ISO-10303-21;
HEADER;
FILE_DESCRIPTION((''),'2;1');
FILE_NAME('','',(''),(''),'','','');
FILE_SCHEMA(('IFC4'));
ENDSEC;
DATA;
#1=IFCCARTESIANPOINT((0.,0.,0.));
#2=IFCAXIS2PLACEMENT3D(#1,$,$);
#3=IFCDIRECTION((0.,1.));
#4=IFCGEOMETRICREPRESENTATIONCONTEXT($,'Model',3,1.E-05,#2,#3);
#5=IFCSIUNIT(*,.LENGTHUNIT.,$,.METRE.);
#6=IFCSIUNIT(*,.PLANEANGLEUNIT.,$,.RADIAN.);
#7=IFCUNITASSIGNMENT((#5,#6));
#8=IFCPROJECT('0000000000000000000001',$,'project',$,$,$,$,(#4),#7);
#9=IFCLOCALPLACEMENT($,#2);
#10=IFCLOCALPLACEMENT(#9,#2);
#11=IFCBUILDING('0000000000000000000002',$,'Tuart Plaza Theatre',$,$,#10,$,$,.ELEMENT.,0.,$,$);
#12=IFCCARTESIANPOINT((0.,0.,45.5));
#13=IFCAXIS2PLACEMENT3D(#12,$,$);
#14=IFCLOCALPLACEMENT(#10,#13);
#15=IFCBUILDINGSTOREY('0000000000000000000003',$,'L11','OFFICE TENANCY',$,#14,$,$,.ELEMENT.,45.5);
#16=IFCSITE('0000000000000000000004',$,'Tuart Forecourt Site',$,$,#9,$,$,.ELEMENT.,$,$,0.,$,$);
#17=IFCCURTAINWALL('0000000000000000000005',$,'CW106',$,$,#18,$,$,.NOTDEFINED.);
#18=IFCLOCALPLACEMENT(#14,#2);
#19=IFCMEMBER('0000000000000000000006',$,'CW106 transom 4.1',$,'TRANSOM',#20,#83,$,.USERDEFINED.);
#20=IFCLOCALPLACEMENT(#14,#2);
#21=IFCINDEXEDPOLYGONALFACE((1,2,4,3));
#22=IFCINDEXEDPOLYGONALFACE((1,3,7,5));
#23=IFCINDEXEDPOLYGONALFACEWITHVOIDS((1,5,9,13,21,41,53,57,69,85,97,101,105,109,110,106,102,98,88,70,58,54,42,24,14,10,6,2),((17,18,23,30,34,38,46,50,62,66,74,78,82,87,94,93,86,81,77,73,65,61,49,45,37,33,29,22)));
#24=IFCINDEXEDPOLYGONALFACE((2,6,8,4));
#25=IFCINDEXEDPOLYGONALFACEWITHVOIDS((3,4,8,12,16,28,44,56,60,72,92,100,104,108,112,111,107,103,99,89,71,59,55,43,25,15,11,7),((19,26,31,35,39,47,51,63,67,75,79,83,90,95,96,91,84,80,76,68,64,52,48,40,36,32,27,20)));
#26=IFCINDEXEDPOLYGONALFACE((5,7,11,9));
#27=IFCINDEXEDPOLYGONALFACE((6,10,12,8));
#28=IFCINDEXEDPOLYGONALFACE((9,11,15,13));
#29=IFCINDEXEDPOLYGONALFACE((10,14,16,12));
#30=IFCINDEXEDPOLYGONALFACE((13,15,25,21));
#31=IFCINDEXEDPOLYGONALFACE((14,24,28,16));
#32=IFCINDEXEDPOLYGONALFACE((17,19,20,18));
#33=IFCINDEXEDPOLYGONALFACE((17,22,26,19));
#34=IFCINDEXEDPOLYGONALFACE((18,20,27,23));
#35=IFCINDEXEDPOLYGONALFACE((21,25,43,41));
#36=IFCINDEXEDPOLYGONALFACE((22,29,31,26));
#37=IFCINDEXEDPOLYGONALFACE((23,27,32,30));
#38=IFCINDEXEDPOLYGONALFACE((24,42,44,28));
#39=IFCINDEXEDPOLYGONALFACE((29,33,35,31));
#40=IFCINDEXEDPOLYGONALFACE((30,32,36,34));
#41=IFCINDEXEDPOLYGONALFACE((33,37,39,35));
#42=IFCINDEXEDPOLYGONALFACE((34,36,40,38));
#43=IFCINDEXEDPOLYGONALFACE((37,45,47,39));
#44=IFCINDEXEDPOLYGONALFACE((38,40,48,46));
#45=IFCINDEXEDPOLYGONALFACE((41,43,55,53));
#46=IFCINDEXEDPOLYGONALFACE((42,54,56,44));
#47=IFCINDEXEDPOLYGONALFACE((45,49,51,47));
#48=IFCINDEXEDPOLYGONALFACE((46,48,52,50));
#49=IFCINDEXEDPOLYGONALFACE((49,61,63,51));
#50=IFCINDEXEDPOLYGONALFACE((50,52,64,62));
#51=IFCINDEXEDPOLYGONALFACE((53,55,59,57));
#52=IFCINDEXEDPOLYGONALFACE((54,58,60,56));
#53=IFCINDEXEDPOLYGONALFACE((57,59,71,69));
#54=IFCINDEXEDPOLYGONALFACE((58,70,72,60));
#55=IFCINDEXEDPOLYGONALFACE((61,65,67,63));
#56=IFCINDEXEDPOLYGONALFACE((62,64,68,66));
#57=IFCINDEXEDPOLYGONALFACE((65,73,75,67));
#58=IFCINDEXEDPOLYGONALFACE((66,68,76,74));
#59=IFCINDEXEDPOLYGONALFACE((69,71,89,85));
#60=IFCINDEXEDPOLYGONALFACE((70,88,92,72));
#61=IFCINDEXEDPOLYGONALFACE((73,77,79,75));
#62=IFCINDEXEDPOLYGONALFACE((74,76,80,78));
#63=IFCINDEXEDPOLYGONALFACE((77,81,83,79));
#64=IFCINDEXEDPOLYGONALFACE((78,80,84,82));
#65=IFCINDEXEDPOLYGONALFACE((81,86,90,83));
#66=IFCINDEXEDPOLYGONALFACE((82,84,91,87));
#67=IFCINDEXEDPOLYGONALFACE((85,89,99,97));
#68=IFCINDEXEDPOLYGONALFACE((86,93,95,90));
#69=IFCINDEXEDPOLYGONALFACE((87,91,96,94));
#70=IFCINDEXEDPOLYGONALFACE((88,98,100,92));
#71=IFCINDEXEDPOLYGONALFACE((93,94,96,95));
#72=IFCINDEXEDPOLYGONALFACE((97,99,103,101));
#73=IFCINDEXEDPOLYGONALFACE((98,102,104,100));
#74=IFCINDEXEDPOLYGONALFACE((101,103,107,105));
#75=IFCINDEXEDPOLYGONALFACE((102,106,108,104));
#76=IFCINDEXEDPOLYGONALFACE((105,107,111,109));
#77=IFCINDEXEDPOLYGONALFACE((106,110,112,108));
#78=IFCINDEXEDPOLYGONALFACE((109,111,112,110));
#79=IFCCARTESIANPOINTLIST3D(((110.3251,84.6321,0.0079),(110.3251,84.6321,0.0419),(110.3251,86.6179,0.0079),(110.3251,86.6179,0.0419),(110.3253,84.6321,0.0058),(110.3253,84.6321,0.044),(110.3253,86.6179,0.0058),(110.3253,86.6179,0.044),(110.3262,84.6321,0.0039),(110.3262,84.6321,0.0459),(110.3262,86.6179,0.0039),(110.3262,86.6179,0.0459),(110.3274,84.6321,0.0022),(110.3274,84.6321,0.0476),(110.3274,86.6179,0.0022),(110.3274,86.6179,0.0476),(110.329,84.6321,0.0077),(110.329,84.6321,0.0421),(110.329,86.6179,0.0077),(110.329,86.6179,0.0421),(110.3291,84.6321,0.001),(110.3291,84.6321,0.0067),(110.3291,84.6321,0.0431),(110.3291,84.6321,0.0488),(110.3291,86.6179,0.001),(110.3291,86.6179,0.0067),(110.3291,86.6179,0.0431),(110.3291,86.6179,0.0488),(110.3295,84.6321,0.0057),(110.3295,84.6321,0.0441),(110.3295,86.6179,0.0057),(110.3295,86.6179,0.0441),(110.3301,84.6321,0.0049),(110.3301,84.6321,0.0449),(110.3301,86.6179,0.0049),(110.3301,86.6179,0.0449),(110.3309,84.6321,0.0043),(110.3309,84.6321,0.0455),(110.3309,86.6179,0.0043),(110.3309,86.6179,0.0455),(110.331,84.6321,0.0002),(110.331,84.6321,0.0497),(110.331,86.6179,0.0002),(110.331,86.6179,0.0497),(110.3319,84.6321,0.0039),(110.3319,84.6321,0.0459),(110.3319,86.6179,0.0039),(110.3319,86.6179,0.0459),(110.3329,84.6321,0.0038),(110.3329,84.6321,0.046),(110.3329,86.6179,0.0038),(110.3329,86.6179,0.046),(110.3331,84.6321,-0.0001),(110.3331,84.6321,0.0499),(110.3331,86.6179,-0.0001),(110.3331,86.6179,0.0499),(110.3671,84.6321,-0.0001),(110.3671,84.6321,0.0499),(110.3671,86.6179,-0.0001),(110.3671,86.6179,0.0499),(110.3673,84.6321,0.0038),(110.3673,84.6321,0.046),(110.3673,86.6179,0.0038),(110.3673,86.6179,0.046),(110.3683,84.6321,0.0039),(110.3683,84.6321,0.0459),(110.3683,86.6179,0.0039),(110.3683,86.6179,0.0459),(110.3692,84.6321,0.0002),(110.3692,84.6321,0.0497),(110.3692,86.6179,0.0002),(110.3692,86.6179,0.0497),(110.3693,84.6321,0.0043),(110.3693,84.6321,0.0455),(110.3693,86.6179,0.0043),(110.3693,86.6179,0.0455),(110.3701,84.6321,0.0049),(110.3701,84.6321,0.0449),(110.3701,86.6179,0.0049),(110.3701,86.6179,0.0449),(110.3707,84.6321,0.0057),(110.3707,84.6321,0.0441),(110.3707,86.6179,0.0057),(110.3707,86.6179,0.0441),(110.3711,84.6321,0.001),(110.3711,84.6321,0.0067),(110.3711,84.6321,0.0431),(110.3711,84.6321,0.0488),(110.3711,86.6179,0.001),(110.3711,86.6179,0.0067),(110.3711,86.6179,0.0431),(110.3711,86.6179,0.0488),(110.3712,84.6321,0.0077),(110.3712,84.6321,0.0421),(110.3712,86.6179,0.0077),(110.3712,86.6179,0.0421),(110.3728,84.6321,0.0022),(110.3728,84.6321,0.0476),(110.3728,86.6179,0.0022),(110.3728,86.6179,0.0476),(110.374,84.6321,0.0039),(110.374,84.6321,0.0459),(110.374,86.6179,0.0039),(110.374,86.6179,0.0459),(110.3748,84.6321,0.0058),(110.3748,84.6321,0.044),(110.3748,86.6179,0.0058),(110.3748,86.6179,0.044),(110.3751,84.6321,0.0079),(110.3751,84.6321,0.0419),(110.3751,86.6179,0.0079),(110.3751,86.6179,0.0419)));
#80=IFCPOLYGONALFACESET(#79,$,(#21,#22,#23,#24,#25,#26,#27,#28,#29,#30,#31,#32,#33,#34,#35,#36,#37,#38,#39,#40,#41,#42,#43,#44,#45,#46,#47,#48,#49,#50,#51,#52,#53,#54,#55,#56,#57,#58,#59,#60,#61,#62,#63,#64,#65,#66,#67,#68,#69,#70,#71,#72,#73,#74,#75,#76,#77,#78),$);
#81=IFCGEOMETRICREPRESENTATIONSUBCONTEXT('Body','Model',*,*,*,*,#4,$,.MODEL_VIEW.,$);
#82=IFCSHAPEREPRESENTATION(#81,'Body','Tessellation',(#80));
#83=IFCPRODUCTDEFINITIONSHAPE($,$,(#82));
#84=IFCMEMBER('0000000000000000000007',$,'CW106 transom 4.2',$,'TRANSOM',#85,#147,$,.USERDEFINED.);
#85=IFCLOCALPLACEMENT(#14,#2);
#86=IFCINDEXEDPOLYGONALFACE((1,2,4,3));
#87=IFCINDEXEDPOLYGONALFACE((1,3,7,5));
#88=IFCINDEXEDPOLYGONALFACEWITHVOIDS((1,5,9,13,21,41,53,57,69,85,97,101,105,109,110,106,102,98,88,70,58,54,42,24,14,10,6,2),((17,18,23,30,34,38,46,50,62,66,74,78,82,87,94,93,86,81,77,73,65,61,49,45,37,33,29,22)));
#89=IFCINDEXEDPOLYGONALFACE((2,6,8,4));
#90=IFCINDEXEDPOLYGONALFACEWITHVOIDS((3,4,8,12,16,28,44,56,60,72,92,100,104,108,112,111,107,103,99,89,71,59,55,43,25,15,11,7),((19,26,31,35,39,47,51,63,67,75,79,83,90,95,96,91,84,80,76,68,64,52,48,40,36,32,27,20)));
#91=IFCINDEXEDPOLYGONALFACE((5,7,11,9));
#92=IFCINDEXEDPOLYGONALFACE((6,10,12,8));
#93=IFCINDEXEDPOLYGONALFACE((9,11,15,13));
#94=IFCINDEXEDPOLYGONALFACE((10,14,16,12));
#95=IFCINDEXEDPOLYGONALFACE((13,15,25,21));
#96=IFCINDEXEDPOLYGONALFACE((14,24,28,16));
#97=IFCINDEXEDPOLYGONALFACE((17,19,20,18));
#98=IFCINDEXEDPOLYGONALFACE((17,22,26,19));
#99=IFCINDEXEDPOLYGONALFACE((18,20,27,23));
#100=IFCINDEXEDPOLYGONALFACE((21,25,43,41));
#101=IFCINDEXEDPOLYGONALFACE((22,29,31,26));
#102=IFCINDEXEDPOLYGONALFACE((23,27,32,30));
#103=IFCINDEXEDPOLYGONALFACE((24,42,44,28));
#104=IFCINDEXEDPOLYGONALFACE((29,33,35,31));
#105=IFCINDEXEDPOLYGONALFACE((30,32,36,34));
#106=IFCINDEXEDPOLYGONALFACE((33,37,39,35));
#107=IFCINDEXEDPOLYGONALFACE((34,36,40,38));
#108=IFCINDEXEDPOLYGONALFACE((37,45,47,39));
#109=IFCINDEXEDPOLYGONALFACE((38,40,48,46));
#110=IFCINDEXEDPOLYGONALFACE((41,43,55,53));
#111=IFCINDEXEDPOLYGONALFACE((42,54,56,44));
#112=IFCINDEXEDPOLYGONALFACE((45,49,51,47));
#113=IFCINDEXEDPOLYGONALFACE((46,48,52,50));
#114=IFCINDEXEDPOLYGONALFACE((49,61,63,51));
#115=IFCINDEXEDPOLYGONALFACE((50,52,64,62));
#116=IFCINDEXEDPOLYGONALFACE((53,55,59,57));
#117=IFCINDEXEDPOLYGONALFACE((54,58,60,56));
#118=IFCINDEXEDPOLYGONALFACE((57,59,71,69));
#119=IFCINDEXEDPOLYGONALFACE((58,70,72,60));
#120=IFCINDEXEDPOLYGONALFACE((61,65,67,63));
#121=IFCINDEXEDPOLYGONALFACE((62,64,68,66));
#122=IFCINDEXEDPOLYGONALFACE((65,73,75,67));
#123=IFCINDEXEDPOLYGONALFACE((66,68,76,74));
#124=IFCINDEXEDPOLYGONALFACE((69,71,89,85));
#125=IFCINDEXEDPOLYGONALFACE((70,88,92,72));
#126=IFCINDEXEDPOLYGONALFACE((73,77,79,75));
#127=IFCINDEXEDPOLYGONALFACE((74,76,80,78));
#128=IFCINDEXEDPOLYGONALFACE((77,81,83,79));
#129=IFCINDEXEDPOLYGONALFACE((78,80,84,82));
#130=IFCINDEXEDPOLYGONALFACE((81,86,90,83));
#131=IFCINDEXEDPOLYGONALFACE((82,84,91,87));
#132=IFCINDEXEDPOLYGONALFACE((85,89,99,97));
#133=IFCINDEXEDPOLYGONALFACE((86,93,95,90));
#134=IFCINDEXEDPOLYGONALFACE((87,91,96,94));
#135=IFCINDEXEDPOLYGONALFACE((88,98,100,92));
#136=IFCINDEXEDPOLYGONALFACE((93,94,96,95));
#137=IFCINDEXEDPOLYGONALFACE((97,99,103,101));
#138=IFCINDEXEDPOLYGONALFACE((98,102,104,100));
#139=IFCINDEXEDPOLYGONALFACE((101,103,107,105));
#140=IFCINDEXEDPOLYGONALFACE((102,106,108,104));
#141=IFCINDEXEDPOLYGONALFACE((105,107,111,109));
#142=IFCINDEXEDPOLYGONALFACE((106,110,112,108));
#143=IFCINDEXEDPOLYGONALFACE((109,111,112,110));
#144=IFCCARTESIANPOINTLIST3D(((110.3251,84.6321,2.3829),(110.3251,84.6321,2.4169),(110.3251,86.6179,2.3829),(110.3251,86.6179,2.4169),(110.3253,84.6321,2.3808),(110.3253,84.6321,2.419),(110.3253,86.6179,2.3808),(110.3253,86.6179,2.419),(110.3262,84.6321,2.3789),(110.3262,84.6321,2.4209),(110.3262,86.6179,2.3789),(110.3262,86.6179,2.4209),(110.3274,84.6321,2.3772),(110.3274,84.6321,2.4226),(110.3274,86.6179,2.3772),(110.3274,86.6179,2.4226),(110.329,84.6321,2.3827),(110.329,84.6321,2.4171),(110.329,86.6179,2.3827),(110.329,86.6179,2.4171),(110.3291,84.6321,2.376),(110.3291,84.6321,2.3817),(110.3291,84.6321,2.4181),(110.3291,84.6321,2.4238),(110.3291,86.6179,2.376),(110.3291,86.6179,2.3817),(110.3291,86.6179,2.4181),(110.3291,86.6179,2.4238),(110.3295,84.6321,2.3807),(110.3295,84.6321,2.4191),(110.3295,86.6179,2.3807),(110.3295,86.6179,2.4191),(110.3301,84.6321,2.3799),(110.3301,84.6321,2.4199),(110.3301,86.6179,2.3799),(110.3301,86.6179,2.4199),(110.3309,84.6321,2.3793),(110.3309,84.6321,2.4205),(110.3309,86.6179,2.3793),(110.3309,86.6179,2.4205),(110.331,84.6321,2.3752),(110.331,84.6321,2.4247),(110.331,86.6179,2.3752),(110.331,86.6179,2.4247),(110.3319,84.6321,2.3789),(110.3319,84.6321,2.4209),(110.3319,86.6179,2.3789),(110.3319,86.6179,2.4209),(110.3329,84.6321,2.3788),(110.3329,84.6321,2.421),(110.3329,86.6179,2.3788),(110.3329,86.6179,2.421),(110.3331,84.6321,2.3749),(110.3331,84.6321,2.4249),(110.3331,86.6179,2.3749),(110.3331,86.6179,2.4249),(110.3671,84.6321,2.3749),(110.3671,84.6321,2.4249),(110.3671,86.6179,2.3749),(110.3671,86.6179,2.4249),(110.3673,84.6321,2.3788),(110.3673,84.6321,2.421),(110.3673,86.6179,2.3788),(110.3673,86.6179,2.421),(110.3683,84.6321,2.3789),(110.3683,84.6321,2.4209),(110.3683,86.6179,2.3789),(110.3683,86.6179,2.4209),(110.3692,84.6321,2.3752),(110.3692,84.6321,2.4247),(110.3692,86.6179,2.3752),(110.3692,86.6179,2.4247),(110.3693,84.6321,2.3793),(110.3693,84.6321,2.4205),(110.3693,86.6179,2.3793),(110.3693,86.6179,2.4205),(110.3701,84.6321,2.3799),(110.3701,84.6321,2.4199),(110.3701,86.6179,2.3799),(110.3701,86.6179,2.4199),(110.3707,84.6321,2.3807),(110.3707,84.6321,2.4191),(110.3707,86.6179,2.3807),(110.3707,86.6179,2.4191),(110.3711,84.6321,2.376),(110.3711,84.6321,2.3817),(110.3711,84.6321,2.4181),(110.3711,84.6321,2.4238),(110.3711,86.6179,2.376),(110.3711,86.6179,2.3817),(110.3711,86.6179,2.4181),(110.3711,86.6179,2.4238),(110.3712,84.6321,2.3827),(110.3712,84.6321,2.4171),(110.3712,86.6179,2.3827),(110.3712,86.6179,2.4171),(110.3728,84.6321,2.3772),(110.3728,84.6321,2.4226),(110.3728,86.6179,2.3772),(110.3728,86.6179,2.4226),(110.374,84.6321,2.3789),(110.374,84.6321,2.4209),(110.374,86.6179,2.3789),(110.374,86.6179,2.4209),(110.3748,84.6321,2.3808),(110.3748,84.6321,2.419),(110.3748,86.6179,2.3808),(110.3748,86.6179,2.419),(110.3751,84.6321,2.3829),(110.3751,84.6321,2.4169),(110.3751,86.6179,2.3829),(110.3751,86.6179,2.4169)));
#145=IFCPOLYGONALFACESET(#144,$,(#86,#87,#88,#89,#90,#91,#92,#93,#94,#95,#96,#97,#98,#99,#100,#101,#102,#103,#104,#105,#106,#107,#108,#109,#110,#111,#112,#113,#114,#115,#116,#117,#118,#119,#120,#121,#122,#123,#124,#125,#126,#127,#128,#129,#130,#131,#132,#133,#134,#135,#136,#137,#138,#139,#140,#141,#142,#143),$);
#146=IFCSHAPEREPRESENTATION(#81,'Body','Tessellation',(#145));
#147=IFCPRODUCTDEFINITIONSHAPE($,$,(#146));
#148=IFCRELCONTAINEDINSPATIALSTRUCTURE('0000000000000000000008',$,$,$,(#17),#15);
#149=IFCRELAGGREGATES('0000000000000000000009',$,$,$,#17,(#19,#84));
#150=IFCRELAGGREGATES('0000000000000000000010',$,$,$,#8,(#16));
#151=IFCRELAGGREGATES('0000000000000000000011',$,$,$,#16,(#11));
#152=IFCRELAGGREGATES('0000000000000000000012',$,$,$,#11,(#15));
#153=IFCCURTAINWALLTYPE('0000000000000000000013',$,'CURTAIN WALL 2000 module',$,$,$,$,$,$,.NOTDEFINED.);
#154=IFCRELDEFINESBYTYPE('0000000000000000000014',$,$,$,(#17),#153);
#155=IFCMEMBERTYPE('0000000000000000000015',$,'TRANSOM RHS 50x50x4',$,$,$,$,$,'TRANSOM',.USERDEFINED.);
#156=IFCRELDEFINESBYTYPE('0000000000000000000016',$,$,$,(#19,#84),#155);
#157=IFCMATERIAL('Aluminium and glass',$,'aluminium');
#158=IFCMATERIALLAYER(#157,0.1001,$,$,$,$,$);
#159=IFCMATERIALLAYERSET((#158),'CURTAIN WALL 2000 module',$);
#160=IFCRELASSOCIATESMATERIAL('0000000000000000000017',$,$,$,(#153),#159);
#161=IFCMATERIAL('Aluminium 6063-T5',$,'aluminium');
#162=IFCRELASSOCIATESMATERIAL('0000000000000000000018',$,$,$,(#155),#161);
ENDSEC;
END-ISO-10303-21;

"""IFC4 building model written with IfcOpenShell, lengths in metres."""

from ifc_helpers import new_model, si_unit, direction, frame, origin, origin_2d, place, context, subcontext, project, spatial, hollow_rectangle, extrude, material, layer, layer_set, material_profile, profile_set, type_object, element, aggregate, save


model = new_model("IFC4")

# Units and contexts
model_context = context("Model", 3, precision=1e-05, world=origin(), true_north=direction((0.0, 1.0)))
body_context = subcontext(model_context, "Body", "Model", "MODEL_VIEW")
ifc_project = project(units=[si_unit("LENGTHUNIT", "METRE"), si_unit("PLANEANGLEUNIT", "RADIAN")], contexts=[model_context])

# Site, building, storey
site_placement = place(None, origin())
site = spatial("IfcSite", under=ifc_project, at=site_placement, Name="Tuart Forecourt Site", CompositionType="ELEMENT", RefElevation=0.0)
building_placement = place(site_placement, origin())
building = spatial("IfcBuilding", under=site, at=building_placement, Name="Tuart Plaza Theatre", CompositionType="ELEMENT", ElevationOfRefHeight=0.0)
storey_placement = place(building_placement, frame((0.0, 0.0, 45.5)))
storey = spatial("IfcBuildingStorey", under=building, at=storey_placement, Name="L11", Description="OFFICE TENANCY", CompositionType="ELEMENT", Elevation=45.5)

# Curtain wall, members
ifc_material_1 = material(Name="Aluminium and glass", Category="aluminium")
ifc_layer_1 = layer(ifc_material_1, 0.1001)
ifc_layer_set_1 = layer_set([ifc_layer_1], Name="CURTAIN WALL 2000 module")
curtain_wall_type = type_object("IfcCurtainWallType", Name="CURTAIN WALL 2000 module", PredefinedType="NOTDEFINED", material=ifc_layer_set_1)
curtain_wall_placement = place(storey_placement, origin())
curtain_wall = element("IfcCurtainWall", 1, at=curtain_wall_placement, inside=storey, type_object=curtain_wall_type, Name="CW106", PredefinedType="NOTDEFINED")
ifc_material_2 = material(Name="Aluminium 6063-T5", Category="aluminium")
ifc_material_profile_1 = material_profile(ifc_material_2, hollow_rectangle(XDim=0.05, YDim=0.05, WallThickness=0.0039, InnerFilletRadius=0.0039, OuterFilletRadius=0.0081, at=origin_2d()), Name="RHS 50x50x4")
ifc_profile_set_1 = profile_set([ifc_material_profile_1], Name="Aluminium 6063-T5")
member_type_1 = type_object("IfcMemberType", Name="TRANSOM RHS 50x50x4", ElementType="TRANSOM", PredefinedType="USERDEFINED", material=ifc_profile_set_1)
member_1_placement = place(storey_placement, frame((110.3501, 86.6179, 0.0249), z_axis=(0.0, -1.0, 0.0), x_axis=(1.0, 0.0, 0.0)))
member_1 = element("IfcMember", 2, at=member_1_placement, type_object=member_type_1, Name="CW106 transom 4.1", ObjectType="TRANSOM", PredefinedType="USERDEFINED", context=body_context, shape_type="SweptSolid", body=[
    extrude(hollow_rectangle(XDim=0.05, YDim=0.05, WallThickness=0.0039, InnerFilletRadius=0.0039, OuterFilletRadius=0.0081, at=origin_2d()), origin(), (0.0, 0.0, 1.0), 1.9858),
])
member_2_placement = place(storey_placement, frame((110.3501, 86.6179, 2.3999), z_axis=(0.0, -1.0, 0.0), x_axis=(1.0, 0.0, 0.0)))
member_2 = element("IfcMember", 3, at=member_2_placement, type_object=member_type_1, Name="CW106 transom 4.2", ObjectType="TRANSOM", PredefinedType="USERDEFINED", context=body_context, shape_type="SweptSolid", body=[
    extrude(hollow_rectangle(XDim=0.05, YDim=0.05, WallThickness=0.0039, InnerFilletRadius=0.0039, OuterFilletRadius=0.0081, at=origin_2d()), origin(), (0.0, 0.0, 1.0), 1.9858),
])
aggregate(curtain_wall, [member_1, member_2])

save(model, "model.ifc")
